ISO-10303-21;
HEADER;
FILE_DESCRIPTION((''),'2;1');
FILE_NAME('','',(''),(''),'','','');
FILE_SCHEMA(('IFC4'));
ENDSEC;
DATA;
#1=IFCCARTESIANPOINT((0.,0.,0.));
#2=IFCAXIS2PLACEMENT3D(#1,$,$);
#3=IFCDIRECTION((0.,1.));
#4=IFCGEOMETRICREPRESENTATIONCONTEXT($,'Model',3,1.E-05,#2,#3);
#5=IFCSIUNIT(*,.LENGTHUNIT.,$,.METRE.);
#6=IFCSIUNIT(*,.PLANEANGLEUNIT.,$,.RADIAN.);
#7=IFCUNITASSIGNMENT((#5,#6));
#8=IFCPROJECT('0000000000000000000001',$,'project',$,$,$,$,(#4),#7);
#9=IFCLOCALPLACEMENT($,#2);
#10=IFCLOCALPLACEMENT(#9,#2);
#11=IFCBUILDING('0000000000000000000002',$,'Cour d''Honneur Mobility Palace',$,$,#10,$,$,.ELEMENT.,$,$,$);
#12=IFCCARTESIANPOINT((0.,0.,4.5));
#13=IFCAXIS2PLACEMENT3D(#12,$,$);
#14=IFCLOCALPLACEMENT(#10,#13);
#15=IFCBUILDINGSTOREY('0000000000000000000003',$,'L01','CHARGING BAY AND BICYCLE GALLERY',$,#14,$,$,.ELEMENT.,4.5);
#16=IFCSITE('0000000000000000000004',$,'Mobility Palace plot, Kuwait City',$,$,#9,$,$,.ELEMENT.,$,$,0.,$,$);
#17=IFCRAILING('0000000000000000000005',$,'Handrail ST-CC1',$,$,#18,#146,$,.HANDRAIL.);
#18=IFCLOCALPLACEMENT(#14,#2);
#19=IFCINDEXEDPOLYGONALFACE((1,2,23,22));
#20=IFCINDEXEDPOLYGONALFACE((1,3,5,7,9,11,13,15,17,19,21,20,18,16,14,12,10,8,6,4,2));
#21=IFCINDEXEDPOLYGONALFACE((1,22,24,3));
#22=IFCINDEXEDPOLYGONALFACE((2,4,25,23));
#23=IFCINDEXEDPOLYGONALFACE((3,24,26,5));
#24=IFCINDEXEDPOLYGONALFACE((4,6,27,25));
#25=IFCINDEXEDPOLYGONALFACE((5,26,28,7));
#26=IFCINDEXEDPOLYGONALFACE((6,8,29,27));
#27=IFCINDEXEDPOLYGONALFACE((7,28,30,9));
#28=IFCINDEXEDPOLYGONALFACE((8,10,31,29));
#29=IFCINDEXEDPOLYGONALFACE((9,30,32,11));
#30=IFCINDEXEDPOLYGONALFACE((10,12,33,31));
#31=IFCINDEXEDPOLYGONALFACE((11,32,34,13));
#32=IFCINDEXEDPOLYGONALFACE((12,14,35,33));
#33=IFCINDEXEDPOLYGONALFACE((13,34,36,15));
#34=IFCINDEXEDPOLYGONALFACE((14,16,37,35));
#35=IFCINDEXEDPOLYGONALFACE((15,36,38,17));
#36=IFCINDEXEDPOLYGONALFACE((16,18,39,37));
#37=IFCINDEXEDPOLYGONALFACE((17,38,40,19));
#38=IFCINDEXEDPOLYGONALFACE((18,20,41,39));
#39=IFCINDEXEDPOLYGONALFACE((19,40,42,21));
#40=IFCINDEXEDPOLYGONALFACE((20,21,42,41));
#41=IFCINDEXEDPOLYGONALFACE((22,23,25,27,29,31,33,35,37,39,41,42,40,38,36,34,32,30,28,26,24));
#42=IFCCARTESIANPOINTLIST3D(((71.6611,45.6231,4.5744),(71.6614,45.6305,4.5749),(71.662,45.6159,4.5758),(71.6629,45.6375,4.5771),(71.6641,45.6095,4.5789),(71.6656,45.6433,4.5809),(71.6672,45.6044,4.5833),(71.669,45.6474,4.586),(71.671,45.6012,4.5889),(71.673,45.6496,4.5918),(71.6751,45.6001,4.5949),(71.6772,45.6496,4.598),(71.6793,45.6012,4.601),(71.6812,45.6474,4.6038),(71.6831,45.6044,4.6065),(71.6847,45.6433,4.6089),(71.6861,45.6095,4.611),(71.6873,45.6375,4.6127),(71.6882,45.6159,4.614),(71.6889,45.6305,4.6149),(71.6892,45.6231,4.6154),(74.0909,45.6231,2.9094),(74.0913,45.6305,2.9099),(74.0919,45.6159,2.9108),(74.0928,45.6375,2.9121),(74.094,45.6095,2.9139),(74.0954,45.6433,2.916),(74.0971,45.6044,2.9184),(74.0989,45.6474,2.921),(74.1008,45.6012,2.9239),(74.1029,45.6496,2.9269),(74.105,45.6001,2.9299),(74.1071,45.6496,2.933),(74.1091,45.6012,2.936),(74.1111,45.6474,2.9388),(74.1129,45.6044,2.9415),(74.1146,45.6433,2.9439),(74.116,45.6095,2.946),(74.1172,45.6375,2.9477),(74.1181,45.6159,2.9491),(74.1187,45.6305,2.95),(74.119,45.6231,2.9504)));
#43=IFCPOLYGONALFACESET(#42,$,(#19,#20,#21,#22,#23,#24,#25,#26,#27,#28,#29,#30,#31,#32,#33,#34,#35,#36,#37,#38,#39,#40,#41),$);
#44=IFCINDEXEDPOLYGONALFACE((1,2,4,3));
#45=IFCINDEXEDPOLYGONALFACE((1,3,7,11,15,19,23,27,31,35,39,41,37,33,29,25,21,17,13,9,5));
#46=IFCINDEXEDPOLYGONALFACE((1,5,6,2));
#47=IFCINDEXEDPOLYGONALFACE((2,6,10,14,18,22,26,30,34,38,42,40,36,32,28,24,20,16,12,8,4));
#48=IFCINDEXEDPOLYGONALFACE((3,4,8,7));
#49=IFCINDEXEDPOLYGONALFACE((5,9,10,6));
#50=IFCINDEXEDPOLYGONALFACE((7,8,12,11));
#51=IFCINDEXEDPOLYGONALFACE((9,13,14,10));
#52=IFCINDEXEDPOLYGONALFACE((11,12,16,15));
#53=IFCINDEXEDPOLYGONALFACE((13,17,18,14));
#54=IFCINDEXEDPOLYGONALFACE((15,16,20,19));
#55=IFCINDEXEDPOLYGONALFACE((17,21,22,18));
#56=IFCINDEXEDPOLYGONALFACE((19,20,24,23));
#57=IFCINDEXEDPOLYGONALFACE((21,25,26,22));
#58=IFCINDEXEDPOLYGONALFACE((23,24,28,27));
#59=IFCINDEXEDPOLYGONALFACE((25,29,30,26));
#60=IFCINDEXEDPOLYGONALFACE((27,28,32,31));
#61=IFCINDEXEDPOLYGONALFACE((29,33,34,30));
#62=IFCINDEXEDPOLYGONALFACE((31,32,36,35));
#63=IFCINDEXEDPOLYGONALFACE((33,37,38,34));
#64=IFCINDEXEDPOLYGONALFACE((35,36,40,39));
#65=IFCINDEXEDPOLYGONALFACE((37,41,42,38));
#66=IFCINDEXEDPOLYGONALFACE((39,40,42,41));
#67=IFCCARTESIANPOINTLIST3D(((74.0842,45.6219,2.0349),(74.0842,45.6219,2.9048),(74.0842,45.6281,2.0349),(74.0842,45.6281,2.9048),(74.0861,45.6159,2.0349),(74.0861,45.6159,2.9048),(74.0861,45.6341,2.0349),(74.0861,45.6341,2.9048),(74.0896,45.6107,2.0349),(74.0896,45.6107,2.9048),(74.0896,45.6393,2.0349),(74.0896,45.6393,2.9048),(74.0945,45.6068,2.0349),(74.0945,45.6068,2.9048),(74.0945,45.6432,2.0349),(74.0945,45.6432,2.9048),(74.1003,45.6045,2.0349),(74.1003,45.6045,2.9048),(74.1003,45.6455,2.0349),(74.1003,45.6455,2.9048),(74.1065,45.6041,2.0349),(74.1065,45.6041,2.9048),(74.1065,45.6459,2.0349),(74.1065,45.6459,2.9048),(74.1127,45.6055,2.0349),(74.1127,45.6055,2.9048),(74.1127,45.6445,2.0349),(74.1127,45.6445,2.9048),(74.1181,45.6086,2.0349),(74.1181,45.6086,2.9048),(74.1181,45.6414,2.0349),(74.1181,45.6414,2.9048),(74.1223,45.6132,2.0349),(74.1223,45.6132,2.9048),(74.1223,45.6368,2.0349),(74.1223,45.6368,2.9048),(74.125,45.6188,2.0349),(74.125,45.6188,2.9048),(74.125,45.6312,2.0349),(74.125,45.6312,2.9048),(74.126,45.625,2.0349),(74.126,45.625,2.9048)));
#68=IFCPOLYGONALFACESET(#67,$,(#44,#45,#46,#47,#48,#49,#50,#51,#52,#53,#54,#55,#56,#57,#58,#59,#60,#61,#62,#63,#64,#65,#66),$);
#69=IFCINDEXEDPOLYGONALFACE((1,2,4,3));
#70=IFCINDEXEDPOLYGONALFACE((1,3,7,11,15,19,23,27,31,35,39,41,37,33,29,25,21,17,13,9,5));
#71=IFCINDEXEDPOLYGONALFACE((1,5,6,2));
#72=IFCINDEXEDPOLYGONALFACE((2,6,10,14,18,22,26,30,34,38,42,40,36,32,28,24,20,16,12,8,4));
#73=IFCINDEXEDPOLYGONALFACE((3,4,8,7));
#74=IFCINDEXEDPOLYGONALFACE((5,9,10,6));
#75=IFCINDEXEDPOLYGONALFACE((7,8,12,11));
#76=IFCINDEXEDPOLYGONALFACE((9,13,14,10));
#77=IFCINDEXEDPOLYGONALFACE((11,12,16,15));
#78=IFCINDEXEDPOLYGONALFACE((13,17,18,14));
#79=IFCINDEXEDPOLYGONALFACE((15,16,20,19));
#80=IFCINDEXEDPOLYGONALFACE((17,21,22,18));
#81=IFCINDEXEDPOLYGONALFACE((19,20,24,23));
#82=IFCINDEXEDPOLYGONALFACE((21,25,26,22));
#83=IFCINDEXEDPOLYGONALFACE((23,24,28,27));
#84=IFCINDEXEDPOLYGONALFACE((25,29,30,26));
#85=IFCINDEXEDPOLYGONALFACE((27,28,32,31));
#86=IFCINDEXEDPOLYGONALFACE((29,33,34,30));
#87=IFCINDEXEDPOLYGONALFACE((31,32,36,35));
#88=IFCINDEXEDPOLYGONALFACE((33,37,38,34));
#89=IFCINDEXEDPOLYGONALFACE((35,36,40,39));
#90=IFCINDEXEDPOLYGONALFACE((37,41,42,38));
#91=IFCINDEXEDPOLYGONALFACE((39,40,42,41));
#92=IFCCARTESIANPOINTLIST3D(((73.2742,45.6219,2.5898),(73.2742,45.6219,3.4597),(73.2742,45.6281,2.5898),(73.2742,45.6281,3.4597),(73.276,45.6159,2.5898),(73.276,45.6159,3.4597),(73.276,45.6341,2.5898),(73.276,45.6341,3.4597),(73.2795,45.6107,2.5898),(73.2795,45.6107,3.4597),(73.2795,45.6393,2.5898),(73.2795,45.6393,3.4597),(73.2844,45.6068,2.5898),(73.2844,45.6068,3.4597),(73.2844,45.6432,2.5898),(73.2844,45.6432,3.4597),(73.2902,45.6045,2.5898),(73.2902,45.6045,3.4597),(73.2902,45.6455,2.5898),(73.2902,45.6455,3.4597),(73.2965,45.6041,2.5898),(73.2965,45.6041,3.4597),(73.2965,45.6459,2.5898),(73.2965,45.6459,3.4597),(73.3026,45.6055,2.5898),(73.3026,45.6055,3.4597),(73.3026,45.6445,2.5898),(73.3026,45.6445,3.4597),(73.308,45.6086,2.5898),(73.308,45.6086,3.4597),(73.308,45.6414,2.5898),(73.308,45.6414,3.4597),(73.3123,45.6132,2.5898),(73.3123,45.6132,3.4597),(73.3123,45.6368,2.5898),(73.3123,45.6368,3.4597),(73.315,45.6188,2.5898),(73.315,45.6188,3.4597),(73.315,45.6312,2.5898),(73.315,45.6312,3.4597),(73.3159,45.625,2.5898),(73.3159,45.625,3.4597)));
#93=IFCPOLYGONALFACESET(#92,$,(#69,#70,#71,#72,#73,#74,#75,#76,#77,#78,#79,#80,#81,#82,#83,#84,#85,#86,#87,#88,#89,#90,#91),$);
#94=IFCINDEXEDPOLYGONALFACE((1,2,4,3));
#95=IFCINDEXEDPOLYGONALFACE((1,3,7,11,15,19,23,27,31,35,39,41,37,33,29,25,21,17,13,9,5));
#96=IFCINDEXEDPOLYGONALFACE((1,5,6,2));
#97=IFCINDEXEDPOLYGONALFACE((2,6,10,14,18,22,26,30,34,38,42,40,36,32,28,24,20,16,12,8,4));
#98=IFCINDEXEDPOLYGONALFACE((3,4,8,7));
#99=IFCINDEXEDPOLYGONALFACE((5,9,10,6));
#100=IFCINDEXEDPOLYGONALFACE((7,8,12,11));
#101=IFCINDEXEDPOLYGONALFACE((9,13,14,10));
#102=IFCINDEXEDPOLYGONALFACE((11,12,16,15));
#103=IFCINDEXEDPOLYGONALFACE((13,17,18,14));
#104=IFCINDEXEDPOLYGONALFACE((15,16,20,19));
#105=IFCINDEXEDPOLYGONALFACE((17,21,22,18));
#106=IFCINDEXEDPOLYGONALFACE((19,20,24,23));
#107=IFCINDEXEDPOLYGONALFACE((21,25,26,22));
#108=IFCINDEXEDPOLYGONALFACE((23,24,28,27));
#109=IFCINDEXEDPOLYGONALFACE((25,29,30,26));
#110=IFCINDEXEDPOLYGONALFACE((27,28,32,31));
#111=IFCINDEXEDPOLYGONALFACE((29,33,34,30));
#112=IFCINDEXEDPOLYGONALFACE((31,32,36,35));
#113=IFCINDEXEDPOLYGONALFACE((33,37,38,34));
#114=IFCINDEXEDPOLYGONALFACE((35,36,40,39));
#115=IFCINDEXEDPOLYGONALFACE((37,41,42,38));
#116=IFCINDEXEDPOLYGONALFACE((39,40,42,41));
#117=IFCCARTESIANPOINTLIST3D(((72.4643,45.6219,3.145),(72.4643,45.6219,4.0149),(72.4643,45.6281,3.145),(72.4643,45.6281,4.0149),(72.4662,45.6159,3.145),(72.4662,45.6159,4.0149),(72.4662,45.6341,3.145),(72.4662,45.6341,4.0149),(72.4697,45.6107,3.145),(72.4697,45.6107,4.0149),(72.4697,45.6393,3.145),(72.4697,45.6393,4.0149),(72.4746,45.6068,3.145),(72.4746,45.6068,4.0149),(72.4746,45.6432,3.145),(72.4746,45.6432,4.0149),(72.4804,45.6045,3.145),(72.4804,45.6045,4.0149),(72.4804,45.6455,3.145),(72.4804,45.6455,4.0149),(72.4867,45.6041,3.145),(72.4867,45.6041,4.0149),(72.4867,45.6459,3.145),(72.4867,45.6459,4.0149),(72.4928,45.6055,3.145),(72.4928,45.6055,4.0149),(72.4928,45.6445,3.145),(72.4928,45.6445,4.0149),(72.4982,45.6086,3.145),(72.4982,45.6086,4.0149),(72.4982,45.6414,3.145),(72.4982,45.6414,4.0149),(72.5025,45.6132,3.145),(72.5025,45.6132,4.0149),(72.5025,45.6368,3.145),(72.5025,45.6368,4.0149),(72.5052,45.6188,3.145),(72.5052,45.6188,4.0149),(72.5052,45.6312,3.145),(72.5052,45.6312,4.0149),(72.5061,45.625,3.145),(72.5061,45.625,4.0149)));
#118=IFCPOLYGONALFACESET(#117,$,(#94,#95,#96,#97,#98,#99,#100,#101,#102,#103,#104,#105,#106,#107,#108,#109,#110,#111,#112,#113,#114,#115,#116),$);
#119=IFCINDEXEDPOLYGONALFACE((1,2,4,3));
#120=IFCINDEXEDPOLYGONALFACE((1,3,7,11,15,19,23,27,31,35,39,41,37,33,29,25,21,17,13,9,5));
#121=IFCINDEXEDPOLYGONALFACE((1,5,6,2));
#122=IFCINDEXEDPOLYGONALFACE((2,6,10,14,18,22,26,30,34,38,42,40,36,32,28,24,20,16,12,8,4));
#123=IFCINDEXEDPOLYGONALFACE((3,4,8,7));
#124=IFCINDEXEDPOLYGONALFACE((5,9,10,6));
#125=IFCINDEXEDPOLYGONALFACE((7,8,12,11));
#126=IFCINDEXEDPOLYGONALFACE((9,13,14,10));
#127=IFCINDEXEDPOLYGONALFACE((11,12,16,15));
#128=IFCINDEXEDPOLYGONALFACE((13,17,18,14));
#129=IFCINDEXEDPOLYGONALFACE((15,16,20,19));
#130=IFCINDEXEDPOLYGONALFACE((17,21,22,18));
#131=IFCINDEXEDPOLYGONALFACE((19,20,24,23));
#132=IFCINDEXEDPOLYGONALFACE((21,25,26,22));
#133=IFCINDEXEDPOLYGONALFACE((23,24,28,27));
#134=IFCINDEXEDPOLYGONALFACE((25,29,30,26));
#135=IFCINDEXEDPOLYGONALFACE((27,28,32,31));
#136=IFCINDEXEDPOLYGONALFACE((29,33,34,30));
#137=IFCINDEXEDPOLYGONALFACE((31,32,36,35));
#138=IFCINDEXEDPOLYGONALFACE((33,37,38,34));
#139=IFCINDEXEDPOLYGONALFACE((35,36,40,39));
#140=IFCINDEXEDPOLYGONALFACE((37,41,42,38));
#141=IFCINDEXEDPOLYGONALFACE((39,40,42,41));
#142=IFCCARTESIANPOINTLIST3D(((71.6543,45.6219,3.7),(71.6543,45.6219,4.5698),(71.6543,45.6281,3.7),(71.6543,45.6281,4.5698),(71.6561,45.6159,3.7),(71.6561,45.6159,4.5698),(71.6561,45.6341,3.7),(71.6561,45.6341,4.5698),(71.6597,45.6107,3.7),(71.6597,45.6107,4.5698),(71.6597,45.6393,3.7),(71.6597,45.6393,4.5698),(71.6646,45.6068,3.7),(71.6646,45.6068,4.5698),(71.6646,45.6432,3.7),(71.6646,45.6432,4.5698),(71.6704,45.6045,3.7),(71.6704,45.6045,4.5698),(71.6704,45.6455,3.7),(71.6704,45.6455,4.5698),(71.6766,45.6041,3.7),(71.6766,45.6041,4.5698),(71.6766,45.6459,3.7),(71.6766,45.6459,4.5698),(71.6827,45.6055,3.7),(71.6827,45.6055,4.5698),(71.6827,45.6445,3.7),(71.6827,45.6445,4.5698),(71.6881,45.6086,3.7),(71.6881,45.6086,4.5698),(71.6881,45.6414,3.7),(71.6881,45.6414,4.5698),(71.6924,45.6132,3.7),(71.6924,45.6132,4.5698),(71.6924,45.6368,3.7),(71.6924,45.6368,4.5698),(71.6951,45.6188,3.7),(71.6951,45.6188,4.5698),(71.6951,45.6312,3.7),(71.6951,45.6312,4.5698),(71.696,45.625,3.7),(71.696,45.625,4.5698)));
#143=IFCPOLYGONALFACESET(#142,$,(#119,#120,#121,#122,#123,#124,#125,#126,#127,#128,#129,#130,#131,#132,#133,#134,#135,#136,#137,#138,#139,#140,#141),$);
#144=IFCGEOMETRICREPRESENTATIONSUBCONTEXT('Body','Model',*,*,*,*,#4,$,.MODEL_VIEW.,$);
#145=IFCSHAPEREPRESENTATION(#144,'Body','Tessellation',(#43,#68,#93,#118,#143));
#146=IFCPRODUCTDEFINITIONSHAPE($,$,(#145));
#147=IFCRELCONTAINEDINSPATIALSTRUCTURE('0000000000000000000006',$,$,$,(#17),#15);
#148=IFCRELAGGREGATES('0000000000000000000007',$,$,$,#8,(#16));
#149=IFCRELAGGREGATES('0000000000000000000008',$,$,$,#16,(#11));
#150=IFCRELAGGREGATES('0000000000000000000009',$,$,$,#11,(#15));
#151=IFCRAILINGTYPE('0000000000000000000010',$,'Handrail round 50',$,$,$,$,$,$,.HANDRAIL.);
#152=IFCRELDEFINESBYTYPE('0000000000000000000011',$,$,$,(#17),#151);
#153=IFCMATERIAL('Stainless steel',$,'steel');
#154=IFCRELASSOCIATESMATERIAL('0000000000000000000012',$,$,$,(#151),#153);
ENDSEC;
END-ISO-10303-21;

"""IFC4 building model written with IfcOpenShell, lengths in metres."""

from ifc_helpers import new_model, si_unit, direction, frame, origin, origin_2d, place, context, subcontext, project, spatial, circle, extrude, material, type_object, element, save


model = new_model("IFC4")

# Units and contexts
model_context = context("Model", 3, precision=1e-05, world=origin(), true_north=direction((0.0, 1.0)))
body_context = subcontext(model_context, "Body", "Model", "MODEL_VIEW")
ifc_project = project(units=[si_unit("LENGTHUNIT", "METRE"), si_unit("PLANEANGLEUNIT", "RADIAN")], contexts=[model_context])

# Site, building, storey
site_placement = place(None, origin())
site = spatial("IfcSite", under=ifc_project, at=site_placement, Name="Mobility Palace plot, Kuwait City", CompositionType="ELEMENT", RefElevation=0.0)
building_placement = place(site_placement, origin())
building = spatial("IfcBuilding", under=site, at=building_placement, Name="Cour d'Honneur Mobility Palace", CompositionType="ELEMENT")
storey_placement = place(building_placement, frame((0.0, 0.0, 4.5)))
storey = spatial("IfcBuildingStorey", under=building, at=storey_placement, Name="L01", Description="CHARGING BAY AND BICYCLE GALLERY", CompositionType="ELEMENT", Elevation=4.5)

# Railing
ifc_material_1 = material(Name="Stainless steel", Category="steel")
railing_type_1 = type_object("IfcRailingType", Name="Handrail round 50", PredefinedType="HANDRAIL", material=ifc_material_1)
for number, where, name in (
    (1, (74.105, 45.625, 2.0349), "Handrail ST-CC1"),
):
    element("IfcRailing", number, at=place(storey_placement, frame(where)), inside=storey, type_object=railing_type_1, Name=name, PredefinedType="HANDRAIL", context=body_context, shape_type="SweptSolid", body=[
        extrude(circle(Radius=0.0249, at=origin_2d()), frame((0.0, 0.0, 0.895), z_axis=(-0.824919, 0.0, 0.565251), x_axis=(0.0, -1.0, 0.0)), (0.0, 0.0, 1.0), 2.9456),
        extrude(circle(Radius=0.021, at=origin_2d()), origin(), (0.0, 0.0, 1.0), 0.8699),
        extrude(circle(Radius=0.021, at=origin_2d()), frame((-0.8101, 0.0, 0.5549)), (0.0, 0.0, 1.0), 0.8699),
        extrude(circle(Radius=0.021, at=origin_2d()), frame((-1.6199, 0.0, 1.1101)), (0.0, 0.0, 1.0), 0.8699),
        extrude(circle(Radius=0.021, at=origin_2d()), frame((-2.4299, 0.0, 1.665)), (0.0, 0.0, 1.0), 0.8699),
    ])

save(model, "model.ifc")
